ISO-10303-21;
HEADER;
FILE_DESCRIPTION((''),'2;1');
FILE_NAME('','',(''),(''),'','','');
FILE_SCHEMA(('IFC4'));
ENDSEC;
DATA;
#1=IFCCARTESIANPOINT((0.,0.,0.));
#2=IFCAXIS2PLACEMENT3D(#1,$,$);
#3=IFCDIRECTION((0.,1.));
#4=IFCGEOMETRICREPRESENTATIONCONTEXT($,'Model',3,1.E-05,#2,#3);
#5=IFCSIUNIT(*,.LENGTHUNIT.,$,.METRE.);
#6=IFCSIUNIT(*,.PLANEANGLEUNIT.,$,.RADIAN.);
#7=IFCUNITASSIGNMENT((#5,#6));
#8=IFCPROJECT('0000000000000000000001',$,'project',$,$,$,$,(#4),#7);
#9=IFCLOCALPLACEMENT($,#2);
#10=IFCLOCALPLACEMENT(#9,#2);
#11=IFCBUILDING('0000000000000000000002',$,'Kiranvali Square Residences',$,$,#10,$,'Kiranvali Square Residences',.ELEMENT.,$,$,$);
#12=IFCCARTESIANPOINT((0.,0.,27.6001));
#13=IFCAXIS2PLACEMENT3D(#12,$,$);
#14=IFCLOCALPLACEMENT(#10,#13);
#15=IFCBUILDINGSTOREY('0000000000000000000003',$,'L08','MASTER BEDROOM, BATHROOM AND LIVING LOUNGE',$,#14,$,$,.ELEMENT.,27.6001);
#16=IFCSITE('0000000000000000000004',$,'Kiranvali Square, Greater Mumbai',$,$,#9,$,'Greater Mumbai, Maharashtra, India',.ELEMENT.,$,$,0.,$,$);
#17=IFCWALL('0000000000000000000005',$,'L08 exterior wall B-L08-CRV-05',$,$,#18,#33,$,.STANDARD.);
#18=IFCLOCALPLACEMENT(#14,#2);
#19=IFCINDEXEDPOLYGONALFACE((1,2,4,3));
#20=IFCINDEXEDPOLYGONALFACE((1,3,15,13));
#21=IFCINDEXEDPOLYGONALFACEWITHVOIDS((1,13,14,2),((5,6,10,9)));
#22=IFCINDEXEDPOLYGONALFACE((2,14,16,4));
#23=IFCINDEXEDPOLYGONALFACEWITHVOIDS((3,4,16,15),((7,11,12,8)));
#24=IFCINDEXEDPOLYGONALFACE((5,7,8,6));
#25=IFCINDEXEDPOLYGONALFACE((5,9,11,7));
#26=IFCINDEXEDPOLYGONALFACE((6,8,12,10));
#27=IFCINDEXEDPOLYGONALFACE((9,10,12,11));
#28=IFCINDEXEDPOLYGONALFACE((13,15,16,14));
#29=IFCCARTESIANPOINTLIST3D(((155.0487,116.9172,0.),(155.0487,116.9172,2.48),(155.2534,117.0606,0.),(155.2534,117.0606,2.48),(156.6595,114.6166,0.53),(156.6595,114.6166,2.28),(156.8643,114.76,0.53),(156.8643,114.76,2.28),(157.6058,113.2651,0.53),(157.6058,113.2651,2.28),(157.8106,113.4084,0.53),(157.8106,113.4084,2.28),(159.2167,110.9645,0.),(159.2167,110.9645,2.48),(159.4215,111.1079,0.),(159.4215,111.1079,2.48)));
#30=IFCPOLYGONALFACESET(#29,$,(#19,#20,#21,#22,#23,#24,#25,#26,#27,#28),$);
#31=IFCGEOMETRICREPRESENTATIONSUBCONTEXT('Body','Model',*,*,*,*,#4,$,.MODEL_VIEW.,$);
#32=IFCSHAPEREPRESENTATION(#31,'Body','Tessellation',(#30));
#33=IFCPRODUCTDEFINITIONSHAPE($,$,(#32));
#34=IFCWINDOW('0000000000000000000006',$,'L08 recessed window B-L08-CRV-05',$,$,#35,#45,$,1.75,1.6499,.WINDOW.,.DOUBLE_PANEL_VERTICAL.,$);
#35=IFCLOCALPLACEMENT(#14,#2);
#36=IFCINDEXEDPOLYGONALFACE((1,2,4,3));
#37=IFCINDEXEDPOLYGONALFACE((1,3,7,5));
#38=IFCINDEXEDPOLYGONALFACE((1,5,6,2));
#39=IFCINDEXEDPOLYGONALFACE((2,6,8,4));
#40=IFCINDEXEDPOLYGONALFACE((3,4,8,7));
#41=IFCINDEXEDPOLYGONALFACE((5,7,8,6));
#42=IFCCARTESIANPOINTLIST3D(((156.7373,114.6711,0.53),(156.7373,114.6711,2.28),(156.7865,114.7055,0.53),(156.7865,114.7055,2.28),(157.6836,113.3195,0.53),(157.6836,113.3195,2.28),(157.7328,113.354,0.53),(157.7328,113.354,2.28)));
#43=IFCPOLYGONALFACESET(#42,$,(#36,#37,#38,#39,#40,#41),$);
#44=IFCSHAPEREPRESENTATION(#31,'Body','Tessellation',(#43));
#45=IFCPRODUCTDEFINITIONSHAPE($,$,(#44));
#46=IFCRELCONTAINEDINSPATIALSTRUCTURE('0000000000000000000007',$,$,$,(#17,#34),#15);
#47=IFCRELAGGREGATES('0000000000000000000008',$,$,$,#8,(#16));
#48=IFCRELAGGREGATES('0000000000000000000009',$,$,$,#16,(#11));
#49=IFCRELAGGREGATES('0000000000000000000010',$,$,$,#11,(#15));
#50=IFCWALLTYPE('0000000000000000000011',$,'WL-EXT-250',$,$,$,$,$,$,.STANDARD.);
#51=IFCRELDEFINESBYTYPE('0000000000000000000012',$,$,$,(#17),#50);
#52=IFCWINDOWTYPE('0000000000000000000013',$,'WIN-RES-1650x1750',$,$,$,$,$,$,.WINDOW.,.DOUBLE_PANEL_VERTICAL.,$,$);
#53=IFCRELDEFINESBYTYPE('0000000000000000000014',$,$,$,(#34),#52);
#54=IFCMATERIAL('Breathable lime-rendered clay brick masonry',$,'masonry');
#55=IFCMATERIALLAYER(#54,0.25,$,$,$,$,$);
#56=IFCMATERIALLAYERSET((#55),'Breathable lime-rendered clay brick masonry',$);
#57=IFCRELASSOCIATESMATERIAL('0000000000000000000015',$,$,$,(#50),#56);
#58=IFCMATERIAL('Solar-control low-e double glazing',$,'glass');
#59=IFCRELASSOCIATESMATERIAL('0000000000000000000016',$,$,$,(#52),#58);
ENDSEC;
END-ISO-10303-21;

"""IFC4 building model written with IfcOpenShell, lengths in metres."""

from ifc_helpers import new_model, si_unit, direction, frame, frame_2d, origin, place, context, subcontext, project, spatial, rectangle, extrude, material, layer, layer_set, type_object, element, fill, save


model = new_model("IFC4")

# Units and contexts
model_context = context("Model", 3, precision=1e-05, world=origin(), true_north=direction((0.0, 1.0)))
body_context = subcontext(model_context, "Body", "Model", "MODEL_VIEW")
ifc_project = project(units=[si_unit("LENGTHUNIT", "METRE"), si_unit("PLANEANGLEUNIT", "RADIAN")], contexts=[model_context])

# Site, building, storey
site_placement = place(None, origin())
site = spatial("IfcSite", under=ifc_project, at=site_placement, Name="Kiranvali Square, Greater Mumbai", LongName="Greater Mumbai, Maharashtra, India", CompositionType="ELEMENT", RefElevation=0.0)
building_placement = place(site_placement, origin())
building = spatial("IfcBuilding", under=site, at=building_placement, Name="Kiranvali Square Residences", LongName="Kiranvali Square Residences", CompositionType="ELEMENT")
storey_placement = place(building_placement, frame((0.0, 0.0, 27.6001)))
storey = spatial("IfcBuildingStorey", under=building, at=storey_placement, Name="L08", Description="MASTER BEDROOM, BATHROOM AND LIVING LOUNGE", CompositionType="ELEMENT", Elevation=27.6001)

# Shared definitions
ifc_material_1 = material(Name="Breathable lime-rendered clay brick masonry", Category="masonry")
ifc_layer = layer(ifc_material_1, 0.25)
ifc_layer_set = layer_set([ifc_layer], Name="Breathable lime-rendered clay brick masonry")
wall_type = type_object("IfcWallType", Name="WL-EXT-250", PredefinedType="STANDARD", material=ifc_layer_set)
ifc_material_2 = material(Name="Solar-control low-e double glazing", Category="glass")

# Wall, opening, window
wall_1_placement = place(storey_placement, frame((155.1511, 116.9888, 0.0), z_axis=(0.0, 0.0, 1.0), x_axis=(0.573566, -0.819159, 0.0)))
wall_1 = element("IfcWall", 1, at=wall_1_placement, inside=storey, type_object=wall_type, Name="L08 exterior wall B-L08-CRV-05", PredefinedType="STANDARD", context=body_context, shape_type="SweptSolid", body=[
    extrude(rectangle(XDim=7.2668, YDim=0.25, at=frame_2d((3.6333, 0.0))), origin(), (0.0, 0.0, 1.0), 2.48),
])
opening_1_placement = place(wall_1_placement, frame((2.8083, 0.0, 0.53)))
opening_1 = element("IfcOpeningElement", 2, at=opening_1_placement, cuts=wall_1, PredefinedType="OPENING", context=body_context, shape_type="SweptSolid", body=[
    extrude(rectangle(XDim=1.6499, YDim=1.75, at=frame_2d((0.825, 0.875))), frame((0.0, 0.135, 0.0), z_axis=(0.0, -1.0, 0.0), x_axis=(1.0, 0.0, 0.0)), (0.0, 0.0, 1.0), 0.27),
])
window_type_1 = type_object("IfcWindowType", Name="WIN-RES-1650x1750", PartitioningType="DOUBLE_PANEL_VERTICAL", PredefinedType="WINDOW", material=ifc_material_2)
window_1_placement = place(opening_1_placement, origin())
window_1 = element("IfcWindow", 3, at=window_1_placement, inside=storey, type_object=window_type_1, Name="L08 recessed window B-L08-CRV-05", OverallHeight=1.75, OverallWidth=1.6499, PartitioningType="DOUBLE_PANEL_VERTICAL", PredefinedType="WINDOW", context=body_context, shape_type="SweptSolid", body=[
    extrude(rectangle(XDim=1.6499, YDim=1.75, at=frame_2d((0.825, 0.875))), frame((0.0, 0.03, 0.0), z_axis=(0.0, -1.0, 0.0), x_axis=(1.0, 0.0, 0.0)), (0.0, 0.0, 1.0), 0.0601),
])
fill(opening_1, window_1)

save(model, "model.ifc")
